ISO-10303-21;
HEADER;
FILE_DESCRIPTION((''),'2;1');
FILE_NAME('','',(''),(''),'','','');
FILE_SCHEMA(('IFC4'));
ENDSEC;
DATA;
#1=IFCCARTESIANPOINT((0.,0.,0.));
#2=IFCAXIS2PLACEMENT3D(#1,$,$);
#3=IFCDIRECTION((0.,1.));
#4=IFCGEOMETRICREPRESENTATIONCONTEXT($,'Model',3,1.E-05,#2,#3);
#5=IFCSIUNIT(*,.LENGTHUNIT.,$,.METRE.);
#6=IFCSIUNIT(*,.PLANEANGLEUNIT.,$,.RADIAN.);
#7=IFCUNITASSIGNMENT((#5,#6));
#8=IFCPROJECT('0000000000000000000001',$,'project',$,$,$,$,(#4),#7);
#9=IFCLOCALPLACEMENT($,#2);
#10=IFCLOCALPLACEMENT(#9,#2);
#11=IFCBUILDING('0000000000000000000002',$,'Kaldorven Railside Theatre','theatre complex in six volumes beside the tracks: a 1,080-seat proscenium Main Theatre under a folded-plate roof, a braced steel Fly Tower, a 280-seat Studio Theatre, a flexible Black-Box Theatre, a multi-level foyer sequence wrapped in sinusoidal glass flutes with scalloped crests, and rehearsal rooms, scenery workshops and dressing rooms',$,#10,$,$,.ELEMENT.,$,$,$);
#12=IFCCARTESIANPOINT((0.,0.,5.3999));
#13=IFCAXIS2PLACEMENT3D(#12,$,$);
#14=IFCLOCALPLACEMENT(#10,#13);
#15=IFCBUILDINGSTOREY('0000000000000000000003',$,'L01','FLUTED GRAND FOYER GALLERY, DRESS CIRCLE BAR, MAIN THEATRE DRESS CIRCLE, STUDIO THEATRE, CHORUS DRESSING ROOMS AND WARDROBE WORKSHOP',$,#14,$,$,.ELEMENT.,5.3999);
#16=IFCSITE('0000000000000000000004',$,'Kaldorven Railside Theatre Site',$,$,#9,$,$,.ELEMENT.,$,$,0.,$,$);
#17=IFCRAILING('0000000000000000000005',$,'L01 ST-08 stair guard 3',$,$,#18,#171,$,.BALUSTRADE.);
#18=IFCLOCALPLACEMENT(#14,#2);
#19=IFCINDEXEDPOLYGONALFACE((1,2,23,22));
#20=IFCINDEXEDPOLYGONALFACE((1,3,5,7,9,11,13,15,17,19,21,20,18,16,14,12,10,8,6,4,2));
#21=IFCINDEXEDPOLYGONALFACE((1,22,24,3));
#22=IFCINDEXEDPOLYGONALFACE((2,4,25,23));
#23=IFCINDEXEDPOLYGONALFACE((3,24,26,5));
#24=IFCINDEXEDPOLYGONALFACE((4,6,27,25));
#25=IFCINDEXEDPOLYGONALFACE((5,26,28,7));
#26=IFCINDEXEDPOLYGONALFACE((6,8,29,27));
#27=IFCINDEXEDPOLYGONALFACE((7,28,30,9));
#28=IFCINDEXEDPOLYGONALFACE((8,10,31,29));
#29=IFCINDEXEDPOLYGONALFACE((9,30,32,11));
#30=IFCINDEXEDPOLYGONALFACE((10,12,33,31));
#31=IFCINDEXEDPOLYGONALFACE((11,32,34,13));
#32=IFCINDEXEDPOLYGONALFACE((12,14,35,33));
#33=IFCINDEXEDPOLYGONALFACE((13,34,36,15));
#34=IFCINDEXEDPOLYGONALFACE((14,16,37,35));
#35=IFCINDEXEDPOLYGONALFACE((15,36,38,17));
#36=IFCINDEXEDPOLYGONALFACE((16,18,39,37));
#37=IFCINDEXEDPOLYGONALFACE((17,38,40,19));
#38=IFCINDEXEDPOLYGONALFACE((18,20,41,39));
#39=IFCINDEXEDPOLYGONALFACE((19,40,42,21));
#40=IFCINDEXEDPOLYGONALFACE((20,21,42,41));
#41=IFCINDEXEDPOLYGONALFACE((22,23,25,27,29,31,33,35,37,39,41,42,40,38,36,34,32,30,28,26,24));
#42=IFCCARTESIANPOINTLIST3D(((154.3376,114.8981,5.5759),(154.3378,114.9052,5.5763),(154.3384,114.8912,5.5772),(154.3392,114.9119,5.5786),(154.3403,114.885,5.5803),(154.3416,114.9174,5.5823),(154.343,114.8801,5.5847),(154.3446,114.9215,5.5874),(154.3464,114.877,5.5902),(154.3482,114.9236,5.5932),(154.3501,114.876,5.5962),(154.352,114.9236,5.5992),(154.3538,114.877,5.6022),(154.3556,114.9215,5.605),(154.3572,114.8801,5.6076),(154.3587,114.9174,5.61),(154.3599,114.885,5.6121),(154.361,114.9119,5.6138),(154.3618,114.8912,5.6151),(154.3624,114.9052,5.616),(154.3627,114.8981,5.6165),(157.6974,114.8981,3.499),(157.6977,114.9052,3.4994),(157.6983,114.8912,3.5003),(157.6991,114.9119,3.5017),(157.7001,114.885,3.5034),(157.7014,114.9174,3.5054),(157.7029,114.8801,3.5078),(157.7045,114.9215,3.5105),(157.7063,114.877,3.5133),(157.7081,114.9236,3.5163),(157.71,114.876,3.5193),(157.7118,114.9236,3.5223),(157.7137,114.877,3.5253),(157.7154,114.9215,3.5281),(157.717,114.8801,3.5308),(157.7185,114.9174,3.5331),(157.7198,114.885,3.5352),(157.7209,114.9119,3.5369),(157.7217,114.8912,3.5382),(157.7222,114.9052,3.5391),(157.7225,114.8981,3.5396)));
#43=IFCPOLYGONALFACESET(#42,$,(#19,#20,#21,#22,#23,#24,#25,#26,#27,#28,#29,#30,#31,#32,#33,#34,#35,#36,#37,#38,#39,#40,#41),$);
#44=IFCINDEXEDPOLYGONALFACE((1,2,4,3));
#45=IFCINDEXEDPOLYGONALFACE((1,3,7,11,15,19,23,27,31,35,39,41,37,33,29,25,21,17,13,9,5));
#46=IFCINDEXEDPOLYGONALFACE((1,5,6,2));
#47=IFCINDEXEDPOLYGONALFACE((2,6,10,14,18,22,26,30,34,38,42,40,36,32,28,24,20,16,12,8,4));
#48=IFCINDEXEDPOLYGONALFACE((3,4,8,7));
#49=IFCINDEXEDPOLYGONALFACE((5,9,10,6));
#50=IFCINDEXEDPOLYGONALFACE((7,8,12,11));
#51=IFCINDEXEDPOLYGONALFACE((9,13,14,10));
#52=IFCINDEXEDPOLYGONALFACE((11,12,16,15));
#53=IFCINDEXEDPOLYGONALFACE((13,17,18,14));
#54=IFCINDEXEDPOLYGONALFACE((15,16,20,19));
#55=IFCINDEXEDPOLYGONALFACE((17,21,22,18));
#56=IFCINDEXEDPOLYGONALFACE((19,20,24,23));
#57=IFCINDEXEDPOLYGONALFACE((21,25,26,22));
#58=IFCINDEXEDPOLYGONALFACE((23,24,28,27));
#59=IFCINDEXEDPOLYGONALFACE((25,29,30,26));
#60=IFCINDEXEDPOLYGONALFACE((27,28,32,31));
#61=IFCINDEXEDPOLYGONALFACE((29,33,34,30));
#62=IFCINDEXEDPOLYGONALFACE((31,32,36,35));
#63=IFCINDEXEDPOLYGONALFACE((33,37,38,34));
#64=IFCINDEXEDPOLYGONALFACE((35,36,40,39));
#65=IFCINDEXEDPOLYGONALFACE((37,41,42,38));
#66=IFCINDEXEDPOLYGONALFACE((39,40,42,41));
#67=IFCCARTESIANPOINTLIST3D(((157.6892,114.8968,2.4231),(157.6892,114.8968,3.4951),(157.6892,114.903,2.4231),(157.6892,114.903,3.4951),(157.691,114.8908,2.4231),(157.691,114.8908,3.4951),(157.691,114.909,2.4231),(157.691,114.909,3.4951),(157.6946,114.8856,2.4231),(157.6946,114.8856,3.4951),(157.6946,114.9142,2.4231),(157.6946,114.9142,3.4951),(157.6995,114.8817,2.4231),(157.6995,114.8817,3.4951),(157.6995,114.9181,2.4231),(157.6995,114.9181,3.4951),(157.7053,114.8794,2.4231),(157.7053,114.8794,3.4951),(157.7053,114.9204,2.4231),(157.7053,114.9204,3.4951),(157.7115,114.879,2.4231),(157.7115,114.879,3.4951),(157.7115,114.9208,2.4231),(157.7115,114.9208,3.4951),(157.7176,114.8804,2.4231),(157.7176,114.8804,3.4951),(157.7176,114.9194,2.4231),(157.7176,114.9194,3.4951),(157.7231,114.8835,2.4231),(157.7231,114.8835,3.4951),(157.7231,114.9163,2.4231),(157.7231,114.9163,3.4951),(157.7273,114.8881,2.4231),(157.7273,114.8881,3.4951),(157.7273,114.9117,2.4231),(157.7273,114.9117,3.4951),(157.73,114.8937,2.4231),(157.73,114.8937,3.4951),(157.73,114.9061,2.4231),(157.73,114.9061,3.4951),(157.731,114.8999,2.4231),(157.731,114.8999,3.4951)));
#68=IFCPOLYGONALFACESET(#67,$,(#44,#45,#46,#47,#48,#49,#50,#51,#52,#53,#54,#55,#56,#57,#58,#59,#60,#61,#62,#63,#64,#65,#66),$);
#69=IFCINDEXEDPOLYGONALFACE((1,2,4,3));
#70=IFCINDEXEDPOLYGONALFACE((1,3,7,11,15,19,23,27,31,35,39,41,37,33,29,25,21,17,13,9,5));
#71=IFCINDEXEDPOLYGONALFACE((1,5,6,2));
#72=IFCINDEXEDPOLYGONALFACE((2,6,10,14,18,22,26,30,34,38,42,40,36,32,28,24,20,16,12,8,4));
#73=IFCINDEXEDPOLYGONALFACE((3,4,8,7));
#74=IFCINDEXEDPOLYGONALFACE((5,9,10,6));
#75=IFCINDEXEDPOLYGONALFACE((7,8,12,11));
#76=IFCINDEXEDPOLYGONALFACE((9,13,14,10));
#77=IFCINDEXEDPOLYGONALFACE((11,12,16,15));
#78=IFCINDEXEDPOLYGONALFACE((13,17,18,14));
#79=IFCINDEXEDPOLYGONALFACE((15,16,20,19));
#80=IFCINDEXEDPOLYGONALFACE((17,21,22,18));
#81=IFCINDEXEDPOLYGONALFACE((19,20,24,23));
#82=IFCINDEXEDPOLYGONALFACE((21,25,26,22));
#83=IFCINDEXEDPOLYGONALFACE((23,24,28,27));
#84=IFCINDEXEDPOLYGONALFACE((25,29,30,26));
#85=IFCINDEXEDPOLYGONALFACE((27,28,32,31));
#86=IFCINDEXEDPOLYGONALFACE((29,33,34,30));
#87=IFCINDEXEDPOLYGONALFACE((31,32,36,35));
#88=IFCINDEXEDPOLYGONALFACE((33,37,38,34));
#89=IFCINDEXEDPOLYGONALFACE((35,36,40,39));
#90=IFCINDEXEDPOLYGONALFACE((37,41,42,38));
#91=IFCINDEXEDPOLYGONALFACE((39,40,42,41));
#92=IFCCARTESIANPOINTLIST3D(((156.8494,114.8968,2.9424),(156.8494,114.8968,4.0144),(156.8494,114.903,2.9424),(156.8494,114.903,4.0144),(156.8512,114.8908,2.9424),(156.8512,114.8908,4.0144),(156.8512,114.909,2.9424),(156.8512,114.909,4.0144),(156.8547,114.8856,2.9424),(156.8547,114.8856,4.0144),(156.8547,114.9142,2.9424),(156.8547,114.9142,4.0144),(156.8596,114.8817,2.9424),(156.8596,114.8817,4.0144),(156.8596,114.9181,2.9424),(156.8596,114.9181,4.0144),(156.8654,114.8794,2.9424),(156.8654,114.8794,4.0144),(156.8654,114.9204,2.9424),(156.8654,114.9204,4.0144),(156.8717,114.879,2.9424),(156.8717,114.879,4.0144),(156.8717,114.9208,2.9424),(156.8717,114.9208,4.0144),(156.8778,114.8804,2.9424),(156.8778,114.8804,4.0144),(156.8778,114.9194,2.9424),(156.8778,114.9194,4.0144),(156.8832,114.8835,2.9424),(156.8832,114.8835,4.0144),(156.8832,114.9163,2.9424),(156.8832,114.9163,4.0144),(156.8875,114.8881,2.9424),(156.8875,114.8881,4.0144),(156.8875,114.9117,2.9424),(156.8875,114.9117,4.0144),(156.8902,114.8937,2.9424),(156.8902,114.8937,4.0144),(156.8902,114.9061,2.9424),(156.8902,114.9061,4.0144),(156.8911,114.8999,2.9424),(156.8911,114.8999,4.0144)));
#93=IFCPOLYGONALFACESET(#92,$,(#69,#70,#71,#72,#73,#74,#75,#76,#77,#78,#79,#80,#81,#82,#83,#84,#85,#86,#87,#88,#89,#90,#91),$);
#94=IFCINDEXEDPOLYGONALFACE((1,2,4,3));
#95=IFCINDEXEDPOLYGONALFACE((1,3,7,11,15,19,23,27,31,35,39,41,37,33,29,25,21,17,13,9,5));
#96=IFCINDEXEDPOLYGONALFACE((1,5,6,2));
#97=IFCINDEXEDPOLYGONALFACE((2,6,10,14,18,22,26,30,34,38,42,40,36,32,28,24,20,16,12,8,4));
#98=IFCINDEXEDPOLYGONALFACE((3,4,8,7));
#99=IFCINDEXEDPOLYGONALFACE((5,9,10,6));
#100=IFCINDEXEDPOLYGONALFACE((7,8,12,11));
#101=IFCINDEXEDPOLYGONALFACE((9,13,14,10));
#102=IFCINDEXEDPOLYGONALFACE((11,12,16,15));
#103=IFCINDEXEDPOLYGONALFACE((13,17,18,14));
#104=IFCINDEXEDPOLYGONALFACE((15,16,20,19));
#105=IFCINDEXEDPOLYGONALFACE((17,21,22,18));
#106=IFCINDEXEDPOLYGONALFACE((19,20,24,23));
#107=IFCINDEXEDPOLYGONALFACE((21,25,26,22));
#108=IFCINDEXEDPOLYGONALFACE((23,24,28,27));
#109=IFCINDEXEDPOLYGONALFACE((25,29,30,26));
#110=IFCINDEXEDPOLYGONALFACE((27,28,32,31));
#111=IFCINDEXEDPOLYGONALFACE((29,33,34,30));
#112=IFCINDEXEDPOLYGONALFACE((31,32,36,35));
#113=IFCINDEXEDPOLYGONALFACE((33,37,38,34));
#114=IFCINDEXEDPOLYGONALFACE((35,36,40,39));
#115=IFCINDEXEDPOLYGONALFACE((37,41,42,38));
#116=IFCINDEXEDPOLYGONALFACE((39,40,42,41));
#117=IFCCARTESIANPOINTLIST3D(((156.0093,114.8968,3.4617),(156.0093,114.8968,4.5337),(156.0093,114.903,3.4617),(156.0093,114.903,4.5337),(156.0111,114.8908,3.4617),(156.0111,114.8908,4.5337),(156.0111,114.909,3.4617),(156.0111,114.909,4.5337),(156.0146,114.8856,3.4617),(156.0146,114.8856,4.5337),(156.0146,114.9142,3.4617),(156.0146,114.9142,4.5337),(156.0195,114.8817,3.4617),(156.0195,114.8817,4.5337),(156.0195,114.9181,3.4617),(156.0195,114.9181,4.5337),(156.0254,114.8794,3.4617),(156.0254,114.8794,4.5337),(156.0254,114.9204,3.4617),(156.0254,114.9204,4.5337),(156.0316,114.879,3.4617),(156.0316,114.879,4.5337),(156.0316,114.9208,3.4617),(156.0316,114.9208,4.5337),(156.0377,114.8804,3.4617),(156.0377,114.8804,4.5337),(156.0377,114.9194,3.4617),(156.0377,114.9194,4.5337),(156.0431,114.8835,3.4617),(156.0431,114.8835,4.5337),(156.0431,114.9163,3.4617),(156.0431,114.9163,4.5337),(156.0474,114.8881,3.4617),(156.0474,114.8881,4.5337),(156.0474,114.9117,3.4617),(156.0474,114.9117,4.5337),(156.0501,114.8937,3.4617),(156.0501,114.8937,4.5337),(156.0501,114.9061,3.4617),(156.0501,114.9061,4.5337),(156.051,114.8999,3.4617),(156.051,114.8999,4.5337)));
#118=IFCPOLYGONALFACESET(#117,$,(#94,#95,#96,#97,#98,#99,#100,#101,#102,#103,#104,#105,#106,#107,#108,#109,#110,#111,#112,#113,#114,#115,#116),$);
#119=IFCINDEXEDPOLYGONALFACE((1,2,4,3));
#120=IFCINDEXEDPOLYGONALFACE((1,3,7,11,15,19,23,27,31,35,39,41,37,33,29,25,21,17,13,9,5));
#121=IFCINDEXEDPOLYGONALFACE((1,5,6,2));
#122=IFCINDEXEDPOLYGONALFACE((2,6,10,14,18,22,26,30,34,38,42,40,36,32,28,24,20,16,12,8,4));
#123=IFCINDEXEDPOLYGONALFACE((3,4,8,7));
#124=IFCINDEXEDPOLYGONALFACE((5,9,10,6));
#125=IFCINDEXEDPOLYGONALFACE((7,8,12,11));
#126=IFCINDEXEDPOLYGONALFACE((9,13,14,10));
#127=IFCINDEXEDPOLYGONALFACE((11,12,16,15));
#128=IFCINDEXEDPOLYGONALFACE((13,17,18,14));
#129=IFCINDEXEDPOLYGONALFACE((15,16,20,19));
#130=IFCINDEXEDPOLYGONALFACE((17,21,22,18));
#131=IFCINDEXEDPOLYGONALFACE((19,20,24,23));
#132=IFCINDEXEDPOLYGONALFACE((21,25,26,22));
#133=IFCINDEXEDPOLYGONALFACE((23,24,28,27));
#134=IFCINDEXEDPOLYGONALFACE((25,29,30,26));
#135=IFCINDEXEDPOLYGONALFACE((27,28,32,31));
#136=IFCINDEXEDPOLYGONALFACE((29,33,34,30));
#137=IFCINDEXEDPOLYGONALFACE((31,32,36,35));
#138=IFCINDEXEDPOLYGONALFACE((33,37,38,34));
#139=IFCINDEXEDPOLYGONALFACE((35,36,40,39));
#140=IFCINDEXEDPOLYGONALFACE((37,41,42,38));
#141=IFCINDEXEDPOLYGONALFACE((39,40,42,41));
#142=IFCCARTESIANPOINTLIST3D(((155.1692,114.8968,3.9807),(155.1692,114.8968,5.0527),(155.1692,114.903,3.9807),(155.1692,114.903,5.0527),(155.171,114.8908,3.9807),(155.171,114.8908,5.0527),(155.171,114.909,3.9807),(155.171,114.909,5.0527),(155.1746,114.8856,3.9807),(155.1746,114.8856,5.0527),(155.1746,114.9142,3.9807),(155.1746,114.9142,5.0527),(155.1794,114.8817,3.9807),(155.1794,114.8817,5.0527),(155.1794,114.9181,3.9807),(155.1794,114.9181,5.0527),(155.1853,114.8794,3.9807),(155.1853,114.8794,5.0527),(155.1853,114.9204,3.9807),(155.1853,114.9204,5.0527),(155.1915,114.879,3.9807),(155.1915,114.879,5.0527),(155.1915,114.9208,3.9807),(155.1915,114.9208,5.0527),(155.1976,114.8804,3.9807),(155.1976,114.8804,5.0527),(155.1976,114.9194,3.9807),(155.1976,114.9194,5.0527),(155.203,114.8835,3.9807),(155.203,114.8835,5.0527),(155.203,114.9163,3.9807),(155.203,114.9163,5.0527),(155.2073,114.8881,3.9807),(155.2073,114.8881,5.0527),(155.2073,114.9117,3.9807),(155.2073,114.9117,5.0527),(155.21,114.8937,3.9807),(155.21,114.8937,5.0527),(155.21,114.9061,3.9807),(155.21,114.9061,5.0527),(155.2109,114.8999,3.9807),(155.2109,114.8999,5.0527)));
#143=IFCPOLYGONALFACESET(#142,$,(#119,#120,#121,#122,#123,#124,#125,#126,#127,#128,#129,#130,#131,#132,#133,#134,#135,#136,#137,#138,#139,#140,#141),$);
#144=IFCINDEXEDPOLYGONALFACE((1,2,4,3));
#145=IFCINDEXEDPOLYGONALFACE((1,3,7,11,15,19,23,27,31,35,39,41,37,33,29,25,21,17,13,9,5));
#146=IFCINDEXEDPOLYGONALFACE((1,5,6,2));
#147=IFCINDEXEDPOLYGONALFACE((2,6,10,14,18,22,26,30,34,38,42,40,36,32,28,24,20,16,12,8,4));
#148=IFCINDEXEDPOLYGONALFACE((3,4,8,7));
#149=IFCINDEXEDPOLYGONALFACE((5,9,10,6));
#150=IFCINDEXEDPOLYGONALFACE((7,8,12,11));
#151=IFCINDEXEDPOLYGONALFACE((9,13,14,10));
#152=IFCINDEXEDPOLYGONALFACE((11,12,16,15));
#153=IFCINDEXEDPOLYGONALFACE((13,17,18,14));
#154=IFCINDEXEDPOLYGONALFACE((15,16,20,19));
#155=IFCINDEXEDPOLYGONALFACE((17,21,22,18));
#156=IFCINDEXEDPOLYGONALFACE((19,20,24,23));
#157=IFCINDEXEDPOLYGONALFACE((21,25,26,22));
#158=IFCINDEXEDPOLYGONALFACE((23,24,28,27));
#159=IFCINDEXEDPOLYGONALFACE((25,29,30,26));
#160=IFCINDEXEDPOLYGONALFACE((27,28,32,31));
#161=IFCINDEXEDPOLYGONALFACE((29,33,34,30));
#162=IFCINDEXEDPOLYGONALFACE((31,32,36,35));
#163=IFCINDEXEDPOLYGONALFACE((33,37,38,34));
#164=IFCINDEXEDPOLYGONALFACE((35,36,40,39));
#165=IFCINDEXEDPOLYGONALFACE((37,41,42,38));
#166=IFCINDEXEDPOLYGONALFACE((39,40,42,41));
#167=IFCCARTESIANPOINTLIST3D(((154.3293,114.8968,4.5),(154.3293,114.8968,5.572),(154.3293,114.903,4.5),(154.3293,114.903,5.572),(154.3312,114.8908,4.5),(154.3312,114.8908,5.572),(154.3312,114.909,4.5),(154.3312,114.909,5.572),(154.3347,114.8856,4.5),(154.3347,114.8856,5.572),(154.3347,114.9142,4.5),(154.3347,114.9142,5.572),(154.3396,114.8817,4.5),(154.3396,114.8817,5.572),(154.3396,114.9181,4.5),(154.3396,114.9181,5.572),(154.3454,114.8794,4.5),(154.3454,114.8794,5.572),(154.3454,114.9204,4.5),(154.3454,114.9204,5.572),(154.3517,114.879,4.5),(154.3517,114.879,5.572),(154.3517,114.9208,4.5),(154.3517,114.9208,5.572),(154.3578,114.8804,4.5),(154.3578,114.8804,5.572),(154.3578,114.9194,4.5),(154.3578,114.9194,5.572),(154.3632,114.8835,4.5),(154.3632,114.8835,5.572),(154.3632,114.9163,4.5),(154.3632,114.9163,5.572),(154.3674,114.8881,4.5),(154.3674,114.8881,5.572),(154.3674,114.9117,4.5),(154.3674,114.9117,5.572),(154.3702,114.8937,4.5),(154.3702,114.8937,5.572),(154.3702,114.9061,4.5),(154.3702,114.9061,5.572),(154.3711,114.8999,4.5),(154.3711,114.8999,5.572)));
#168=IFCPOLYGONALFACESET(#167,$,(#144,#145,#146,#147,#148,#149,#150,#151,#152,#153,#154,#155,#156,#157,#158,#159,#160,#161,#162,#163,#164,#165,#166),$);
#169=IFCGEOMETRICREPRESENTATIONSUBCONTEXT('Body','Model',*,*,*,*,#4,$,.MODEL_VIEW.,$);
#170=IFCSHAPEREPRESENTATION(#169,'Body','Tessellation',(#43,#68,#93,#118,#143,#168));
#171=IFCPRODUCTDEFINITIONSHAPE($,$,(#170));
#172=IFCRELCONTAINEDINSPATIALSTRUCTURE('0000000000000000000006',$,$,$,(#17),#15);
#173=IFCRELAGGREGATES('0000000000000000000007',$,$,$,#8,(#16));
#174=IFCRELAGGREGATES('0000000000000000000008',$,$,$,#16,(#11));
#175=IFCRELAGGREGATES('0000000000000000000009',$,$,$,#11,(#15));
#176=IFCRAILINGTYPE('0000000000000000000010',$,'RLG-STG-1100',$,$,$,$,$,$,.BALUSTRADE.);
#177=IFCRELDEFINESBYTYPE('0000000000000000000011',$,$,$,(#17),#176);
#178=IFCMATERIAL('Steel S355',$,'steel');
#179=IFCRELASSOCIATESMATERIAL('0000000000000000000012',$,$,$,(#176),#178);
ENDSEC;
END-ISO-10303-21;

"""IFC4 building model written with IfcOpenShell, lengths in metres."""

from ifc_helpers import new_model, si_unit, direction, frame, origin, origin_2d, place, context, subcontext, project, spatial, circle, extrude, material, type_object, element, save


model = new_model("IFC4")

# Units and contexts
model_context = context("Model", 3, precision=1e-05, world=origin(), true_north=direction((0.0, 1.0)))
body_context = subcontext(model_context, "Body", "Model", "MODEL_VIEW")
ifc_project = project(units=[si_unit("LENGTHUNIT", "METRE"), si_unit("PLANEANGLEUNIT", "RADIAN")], contexts=[model_context])

# Site, building, storey
site_placement = place(None, origin())
site = spatial("IfcSite", under=ifc_project, at=site_placement, Name="Kaldorven Railside Theatre Site", CompositionType="ELEMENT", RefElevation=0.0)
building_placement = place(site_placement, origin())
building = spatial("IfcBuilding", under=site, at=building_placement, Name="Kaldorven Railside Theatre", Description="theatre complex in six volumes beside the tracks: a 1,080-seat proscenium Main Theatre under a folded-plate roof, a braced steel Fly Tower, a 280-seat Studio Theatre, a flexible Black-Box Theatre, a multi-level foyer sequence wrapped in sinusoidal glass flutes with scalloped crests, and rehearsal rooms, scenery workshops and dressing rooms", CompositionType="ELEMENT")
storey_placement = place(building_placement, frame((0.0, 0.0, 5.3999)))
storey = spatial("IfcBuildingStorey", under=building, at=storey_placement, Name="L01", Description="FLUTED GRAND FOYER GALLERY, DRESS CIRCLE BAR, MAIN THEATRE DRESS CIRCLE, STUDIO THEATRE, CHORUS DRESSING ROOMS AND WARDROBE WORKSHOP", CompositionType="ELEMENT", Elevation=5.3999)

# Shared definitions
ifc_material_1 = material(Name="Steel S355", Category="steel")

# Railing
railing_type_1 = type_object("IfcRailingType", Name="RLG-STG-1100", PredefinedType="BALUSTRADE", material=ifc_material_1)
railing_1_placement = place(storey_placement, frame((157.71, 114.8999, 2.4231)))
element("IfcRailing", 1, at=railing_1_placement, inside=storey, type_object=railing_type_1, Name="L01 ST-08 stair guard 3", PredefinedType="BALUSTRADE", context=body_context, shape_type="SweptSolid", body=[
    extrude(circle(Radius=0.0239, at=origin_2d()), frame((0.0, 0.0, 1.0962), z_axis=(-0.850606, 0.0, 0.525803), x_axis=(0.0, -1.0, 0.0)), (0.0, 0.0, 1.0), 3.95),
    extrude(circle(Radius=0.021, at=origin_2d()), origin(), (0.0, 0.0, 1.0), 1.072),
    extrude(circle(Radius=0.021, at=origin_2d()), frame((-0.8398, 0.0, 0.5193)), (0.0, 0.0, 1.0), 1.072),
    extrude(circle(Radius=0.021, at=origin_2d()), frame((-1.6799, 0.0, 1.0386)), (0.0, 0.0, 1.0), 1.072),
    extrude(circle(Radius=0.021, at=origin_2d()), frame((-2.52, 0.0, 1.5576)), (0.0, 0.0, 1.0), 1.072),
    extrude(circle(Radius=0.021, at=origin_2d()), frame((-3.3599, 0.0, 2.0769)), (0.0, 0.0, 1.0), 1.072),
])

save(model, "model.ifc")
